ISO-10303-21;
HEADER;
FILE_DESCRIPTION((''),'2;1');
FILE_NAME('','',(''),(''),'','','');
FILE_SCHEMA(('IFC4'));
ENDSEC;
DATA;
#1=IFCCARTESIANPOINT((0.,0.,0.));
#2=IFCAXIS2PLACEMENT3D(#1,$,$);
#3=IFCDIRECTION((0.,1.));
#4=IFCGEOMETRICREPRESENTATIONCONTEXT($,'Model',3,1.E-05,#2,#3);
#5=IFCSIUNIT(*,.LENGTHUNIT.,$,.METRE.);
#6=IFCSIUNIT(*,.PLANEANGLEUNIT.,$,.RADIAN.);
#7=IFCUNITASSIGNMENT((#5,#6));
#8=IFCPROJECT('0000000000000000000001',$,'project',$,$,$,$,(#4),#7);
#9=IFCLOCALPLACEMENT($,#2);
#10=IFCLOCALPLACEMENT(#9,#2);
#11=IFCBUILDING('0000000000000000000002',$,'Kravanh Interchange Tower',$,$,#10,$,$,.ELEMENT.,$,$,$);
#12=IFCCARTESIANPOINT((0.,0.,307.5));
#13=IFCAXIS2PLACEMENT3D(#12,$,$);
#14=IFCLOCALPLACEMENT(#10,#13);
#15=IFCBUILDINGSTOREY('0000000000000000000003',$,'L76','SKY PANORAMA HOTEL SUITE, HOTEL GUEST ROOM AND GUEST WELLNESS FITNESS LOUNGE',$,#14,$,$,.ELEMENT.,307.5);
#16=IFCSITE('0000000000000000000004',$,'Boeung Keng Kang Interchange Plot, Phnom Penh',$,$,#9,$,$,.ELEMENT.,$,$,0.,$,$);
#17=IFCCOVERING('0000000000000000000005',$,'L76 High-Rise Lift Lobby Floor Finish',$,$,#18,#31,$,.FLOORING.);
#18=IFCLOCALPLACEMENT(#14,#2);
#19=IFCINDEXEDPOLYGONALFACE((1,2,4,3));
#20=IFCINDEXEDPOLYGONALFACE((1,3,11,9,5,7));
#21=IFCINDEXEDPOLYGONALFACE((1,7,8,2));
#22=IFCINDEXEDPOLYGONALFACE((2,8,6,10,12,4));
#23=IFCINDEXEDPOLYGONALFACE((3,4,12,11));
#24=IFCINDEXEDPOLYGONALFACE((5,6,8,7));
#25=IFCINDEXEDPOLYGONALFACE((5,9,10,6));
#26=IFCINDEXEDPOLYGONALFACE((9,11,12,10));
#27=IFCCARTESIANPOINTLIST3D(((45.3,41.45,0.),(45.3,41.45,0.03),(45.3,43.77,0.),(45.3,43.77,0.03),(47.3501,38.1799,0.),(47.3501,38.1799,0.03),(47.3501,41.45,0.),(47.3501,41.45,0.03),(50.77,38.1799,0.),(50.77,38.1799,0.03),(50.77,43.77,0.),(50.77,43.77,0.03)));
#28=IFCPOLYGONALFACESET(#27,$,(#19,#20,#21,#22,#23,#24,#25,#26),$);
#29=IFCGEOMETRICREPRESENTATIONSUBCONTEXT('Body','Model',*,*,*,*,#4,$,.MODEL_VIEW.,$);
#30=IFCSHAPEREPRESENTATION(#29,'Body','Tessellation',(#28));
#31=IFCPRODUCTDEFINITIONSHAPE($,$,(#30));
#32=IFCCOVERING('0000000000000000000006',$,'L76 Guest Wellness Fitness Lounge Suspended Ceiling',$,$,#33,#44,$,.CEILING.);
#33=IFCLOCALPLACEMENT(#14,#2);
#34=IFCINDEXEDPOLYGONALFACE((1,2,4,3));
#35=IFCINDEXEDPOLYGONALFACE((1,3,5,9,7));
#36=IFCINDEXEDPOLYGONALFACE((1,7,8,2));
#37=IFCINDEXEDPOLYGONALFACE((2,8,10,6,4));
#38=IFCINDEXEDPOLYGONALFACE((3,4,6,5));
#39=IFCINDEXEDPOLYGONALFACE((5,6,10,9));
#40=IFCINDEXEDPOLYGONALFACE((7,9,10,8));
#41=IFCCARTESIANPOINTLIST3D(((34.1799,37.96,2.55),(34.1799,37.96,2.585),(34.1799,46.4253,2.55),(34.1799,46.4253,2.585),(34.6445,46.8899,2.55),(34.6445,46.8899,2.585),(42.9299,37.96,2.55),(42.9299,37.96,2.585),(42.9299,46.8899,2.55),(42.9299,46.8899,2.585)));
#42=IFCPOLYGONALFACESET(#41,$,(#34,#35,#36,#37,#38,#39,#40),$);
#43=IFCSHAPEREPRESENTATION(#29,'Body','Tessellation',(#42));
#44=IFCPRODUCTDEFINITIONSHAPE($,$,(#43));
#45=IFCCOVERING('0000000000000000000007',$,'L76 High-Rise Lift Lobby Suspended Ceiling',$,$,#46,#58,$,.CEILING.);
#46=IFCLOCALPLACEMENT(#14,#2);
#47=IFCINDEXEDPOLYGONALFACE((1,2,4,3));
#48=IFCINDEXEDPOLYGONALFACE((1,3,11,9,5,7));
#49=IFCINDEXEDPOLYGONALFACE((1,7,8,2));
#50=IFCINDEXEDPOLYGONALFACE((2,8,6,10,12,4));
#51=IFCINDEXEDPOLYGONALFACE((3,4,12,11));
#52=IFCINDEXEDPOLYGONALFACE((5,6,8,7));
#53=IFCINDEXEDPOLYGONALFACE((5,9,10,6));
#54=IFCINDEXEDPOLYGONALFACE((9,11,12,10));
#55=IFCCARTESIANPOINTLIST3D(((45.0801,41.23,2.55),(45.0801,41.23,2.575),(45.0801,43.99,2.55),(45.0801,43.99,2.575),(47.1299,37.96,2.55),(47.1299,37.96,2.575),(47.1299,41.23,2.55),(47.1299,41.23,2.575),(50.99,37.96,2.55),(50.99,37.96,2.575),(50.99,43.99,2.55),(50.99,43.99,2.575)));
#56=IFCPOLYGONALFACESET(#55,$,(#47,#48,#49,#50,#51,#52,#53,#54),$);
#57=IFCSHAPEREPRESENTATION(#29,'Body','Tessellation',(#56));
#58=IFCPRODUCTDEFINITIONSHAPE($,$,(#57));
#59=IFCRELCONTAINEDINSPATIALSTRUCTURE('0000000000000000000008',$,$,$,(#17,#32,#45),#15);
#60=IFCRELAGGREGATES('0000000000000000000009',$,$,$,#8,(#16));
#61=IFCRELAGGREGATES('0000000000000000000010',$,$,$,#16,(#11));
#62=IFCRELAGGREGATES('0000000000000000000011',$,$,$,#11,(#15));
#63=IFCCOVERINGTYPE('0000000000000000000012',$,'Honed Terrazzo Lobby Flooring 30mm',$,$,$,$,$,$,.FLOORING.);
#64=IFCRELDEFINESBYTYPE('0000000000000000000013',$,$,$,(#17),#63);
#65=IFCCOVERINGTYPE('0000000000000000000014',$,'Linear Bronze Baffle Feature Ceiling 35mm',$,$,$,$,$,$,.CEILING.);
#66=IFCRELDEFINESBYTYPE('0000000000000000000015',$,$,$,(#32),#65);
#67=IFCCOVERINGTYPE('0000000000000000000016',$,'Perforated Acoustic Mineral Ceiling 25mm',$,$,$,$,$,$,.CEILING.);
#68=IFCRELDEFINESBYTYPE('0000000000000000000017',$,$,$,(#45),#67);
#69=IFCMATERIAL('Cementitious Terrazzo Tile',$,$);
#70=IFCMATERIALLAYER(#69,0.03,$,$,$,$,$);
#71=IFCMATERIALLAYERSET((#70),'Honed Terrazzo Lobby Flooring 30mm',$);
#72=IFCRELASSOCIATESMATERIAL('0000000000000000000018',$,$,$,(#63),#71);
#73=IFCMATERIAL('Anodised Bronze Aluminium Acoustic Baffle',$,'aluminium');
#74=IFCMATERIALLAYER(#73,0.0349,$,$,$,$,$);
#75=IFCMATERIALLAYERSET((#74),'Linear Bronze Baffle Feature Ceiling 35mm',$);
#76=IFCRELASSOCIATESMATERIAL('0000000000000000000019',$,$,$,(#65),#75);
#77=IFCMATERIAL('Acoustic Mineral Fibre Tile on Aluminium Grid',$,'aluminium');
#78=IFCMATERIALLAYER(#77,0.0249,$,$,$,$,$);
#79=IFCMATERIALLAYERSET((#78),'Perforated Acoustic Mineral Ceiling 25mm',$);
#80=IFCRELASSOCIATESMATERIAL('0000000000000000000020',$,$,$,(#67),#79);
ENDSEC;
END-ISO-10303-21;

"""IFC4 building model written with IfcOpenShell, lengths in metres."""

from ifc_helpers import new_model, si_unit, direction, frame, origin, place, context, subcontext, project, spatial, polyline, outline, extrude, material, layer, layer_set, type_object, element, save


model = new_model("IFC4")

# Units and contexts
model_context = context("Model", 3, precision=1e-05, world=origin(), true_north=direction((0.0, 1.0)))
body_context = subcontext(model_context, "Body", "Model", "MODEL_VIEW")
ifc_project = project(units=[si_unit("LENGTHUNIT", "METRE"), si_unit("PLANEANGLEUNIT", "RADIAN")], contexts=[model_context])

# Site, building, storey
site_placement = place(None, origin())
site = spatial("IfcSite", under=ifc_project, at=site_placement, Name="Boeung Keng Kang Interchange Plot, Phnom Penh", CompositionType="ELEMENT", RefElevation=0.0)
building_placement = place(site_placement, origin())
building = spatial("IfcBuilding", under=site, at=building_placement, Name="Kravanh Interchange Tower", CompositionType="ELEMENT")
storey_placement = place(building_placement, frame((0.0, 0.0, 307.5)))
storey = spatial("IfcBuildingStorey", under=building, at=storey_placement, Name="L76", Description="SKY PANORAMA HOTEL SUITE, HOTEL GUEST ROOM AND GUEST WELLNESS FITNESS LOUNGE", CompositionType="ELEMENT", Elevation=307.5)

# Coverings
ifc_material_1 = material(Name="Cementitious Terrazzo Tile")
ifc_layer_1 = layer(ifc_material_1, 0.03)
ifc_layer_set_1 = layer_set([ifc_layer_1], Name="Honed Terrazzo Lobby Flooring 30mm")
covering_type_1 = type_object("IfcCoveringType", Name="Honed Terrazzo Lobby Flooring 30mm", PredefinedType="FLOORING", material=ifc_layer_set_1)
covering_1_placement = place(storey_placement, origin())
element("IfcCovering", 1, at=covering_1_placement, inside=storey, type_object=covering_type_1, Name="L76 High-Rise Lift Lobby Floor Finish", PredefinedType="FLOORING", context=body_context, shape_type="SweptSolid", body=[
    extrude(outline(polyline([(50.77, 43.77), (50.77, 38.1799), (47.3501, 38.1799), (47.3501, 41.45), (45.3, 41.45), (45.3, 43.77), (50.77, 43.77)])), origin(), (0.0, 0.0, 1.0), 0.03),
])
ifc_material_2 = material(Name="Anodised Bronze Aluminium Acoustic Baffle", Category="aluminium")
ifc_layer_2 = layer(ifc_material_2, 0.0349)
ifc_layer_set_2 = layer_set([ifc_layer_2], Name="Linear Bronze Baffle Feature Ceiling 35mm")
covering_type_2 = type_object("IfcCoveringType", Name="Linear Bronze Baffle Feature Ceiling 35mm", PredefinedType="CEILING", material=ifc_layer_set_2)
covering_2_placement = place(storey_placement, frame((0.0, 0.0, 2.55)))
element("IfcCovering", 2, at=covering_2_placement, inside=storey, type_object=covering_type_2, Name="L76 Guest Wellness Fitness Lounge Suspended Ceiling", PredefinedType="CEILING", context=body_context, shape_type="SweptSolid", body=[
    extrude(outline(polyline([(42.9299, 37.96), (34.1799, 37.96), (34.1799, 46.4253), (34.6445, 46.8899), (42.9299, 46.8899), (42.9299, 37.96)])), origin(), (0.0, 0.0, 1.0), 0.0349),
])
ifc_material_3 = material(Name="Acoustic Mineral Fibre Tile on Aluminium Grid", Category="aluminium")
ifc_layer_3 = layer(ifc_material_3, 0.0249)
ifc_layer_set_3 = layer_set([ifc_layer_3], Name="Perforated Acoustic Mineral Ceiling 25mm")
covering_type_3 = type_object("IfcCoveringType", Name="Perforated Acoustic Mineral Ceiling 25mm", PredefinedType="CEILING", material=ifc_layer_set_3)
covering_3_placement = place(storey_placement, frame((0.0, 0.0, 2.55)))
element("IfcCovering", 3, at=covering_3_placement, inside=storey, type_object=covering_type_3, Name="L76 High-Rise Lift Lobby Suspended Ceiling", PredefinedType="CEILING", context=body_context, shape_type="SweptSolid", body=[
    extrude(outline(polyline([(47.1299, 37.96), (47.1299, 41.23), (45.0801, 41.23), (45.0801, 43.99), (50.99, 43.99), (50.99, 37.96), (47.1299, 37.96)])), origin(), (0.0, 0.0, 1.0), 0.0249),
])

save(model, "model.ifc")
